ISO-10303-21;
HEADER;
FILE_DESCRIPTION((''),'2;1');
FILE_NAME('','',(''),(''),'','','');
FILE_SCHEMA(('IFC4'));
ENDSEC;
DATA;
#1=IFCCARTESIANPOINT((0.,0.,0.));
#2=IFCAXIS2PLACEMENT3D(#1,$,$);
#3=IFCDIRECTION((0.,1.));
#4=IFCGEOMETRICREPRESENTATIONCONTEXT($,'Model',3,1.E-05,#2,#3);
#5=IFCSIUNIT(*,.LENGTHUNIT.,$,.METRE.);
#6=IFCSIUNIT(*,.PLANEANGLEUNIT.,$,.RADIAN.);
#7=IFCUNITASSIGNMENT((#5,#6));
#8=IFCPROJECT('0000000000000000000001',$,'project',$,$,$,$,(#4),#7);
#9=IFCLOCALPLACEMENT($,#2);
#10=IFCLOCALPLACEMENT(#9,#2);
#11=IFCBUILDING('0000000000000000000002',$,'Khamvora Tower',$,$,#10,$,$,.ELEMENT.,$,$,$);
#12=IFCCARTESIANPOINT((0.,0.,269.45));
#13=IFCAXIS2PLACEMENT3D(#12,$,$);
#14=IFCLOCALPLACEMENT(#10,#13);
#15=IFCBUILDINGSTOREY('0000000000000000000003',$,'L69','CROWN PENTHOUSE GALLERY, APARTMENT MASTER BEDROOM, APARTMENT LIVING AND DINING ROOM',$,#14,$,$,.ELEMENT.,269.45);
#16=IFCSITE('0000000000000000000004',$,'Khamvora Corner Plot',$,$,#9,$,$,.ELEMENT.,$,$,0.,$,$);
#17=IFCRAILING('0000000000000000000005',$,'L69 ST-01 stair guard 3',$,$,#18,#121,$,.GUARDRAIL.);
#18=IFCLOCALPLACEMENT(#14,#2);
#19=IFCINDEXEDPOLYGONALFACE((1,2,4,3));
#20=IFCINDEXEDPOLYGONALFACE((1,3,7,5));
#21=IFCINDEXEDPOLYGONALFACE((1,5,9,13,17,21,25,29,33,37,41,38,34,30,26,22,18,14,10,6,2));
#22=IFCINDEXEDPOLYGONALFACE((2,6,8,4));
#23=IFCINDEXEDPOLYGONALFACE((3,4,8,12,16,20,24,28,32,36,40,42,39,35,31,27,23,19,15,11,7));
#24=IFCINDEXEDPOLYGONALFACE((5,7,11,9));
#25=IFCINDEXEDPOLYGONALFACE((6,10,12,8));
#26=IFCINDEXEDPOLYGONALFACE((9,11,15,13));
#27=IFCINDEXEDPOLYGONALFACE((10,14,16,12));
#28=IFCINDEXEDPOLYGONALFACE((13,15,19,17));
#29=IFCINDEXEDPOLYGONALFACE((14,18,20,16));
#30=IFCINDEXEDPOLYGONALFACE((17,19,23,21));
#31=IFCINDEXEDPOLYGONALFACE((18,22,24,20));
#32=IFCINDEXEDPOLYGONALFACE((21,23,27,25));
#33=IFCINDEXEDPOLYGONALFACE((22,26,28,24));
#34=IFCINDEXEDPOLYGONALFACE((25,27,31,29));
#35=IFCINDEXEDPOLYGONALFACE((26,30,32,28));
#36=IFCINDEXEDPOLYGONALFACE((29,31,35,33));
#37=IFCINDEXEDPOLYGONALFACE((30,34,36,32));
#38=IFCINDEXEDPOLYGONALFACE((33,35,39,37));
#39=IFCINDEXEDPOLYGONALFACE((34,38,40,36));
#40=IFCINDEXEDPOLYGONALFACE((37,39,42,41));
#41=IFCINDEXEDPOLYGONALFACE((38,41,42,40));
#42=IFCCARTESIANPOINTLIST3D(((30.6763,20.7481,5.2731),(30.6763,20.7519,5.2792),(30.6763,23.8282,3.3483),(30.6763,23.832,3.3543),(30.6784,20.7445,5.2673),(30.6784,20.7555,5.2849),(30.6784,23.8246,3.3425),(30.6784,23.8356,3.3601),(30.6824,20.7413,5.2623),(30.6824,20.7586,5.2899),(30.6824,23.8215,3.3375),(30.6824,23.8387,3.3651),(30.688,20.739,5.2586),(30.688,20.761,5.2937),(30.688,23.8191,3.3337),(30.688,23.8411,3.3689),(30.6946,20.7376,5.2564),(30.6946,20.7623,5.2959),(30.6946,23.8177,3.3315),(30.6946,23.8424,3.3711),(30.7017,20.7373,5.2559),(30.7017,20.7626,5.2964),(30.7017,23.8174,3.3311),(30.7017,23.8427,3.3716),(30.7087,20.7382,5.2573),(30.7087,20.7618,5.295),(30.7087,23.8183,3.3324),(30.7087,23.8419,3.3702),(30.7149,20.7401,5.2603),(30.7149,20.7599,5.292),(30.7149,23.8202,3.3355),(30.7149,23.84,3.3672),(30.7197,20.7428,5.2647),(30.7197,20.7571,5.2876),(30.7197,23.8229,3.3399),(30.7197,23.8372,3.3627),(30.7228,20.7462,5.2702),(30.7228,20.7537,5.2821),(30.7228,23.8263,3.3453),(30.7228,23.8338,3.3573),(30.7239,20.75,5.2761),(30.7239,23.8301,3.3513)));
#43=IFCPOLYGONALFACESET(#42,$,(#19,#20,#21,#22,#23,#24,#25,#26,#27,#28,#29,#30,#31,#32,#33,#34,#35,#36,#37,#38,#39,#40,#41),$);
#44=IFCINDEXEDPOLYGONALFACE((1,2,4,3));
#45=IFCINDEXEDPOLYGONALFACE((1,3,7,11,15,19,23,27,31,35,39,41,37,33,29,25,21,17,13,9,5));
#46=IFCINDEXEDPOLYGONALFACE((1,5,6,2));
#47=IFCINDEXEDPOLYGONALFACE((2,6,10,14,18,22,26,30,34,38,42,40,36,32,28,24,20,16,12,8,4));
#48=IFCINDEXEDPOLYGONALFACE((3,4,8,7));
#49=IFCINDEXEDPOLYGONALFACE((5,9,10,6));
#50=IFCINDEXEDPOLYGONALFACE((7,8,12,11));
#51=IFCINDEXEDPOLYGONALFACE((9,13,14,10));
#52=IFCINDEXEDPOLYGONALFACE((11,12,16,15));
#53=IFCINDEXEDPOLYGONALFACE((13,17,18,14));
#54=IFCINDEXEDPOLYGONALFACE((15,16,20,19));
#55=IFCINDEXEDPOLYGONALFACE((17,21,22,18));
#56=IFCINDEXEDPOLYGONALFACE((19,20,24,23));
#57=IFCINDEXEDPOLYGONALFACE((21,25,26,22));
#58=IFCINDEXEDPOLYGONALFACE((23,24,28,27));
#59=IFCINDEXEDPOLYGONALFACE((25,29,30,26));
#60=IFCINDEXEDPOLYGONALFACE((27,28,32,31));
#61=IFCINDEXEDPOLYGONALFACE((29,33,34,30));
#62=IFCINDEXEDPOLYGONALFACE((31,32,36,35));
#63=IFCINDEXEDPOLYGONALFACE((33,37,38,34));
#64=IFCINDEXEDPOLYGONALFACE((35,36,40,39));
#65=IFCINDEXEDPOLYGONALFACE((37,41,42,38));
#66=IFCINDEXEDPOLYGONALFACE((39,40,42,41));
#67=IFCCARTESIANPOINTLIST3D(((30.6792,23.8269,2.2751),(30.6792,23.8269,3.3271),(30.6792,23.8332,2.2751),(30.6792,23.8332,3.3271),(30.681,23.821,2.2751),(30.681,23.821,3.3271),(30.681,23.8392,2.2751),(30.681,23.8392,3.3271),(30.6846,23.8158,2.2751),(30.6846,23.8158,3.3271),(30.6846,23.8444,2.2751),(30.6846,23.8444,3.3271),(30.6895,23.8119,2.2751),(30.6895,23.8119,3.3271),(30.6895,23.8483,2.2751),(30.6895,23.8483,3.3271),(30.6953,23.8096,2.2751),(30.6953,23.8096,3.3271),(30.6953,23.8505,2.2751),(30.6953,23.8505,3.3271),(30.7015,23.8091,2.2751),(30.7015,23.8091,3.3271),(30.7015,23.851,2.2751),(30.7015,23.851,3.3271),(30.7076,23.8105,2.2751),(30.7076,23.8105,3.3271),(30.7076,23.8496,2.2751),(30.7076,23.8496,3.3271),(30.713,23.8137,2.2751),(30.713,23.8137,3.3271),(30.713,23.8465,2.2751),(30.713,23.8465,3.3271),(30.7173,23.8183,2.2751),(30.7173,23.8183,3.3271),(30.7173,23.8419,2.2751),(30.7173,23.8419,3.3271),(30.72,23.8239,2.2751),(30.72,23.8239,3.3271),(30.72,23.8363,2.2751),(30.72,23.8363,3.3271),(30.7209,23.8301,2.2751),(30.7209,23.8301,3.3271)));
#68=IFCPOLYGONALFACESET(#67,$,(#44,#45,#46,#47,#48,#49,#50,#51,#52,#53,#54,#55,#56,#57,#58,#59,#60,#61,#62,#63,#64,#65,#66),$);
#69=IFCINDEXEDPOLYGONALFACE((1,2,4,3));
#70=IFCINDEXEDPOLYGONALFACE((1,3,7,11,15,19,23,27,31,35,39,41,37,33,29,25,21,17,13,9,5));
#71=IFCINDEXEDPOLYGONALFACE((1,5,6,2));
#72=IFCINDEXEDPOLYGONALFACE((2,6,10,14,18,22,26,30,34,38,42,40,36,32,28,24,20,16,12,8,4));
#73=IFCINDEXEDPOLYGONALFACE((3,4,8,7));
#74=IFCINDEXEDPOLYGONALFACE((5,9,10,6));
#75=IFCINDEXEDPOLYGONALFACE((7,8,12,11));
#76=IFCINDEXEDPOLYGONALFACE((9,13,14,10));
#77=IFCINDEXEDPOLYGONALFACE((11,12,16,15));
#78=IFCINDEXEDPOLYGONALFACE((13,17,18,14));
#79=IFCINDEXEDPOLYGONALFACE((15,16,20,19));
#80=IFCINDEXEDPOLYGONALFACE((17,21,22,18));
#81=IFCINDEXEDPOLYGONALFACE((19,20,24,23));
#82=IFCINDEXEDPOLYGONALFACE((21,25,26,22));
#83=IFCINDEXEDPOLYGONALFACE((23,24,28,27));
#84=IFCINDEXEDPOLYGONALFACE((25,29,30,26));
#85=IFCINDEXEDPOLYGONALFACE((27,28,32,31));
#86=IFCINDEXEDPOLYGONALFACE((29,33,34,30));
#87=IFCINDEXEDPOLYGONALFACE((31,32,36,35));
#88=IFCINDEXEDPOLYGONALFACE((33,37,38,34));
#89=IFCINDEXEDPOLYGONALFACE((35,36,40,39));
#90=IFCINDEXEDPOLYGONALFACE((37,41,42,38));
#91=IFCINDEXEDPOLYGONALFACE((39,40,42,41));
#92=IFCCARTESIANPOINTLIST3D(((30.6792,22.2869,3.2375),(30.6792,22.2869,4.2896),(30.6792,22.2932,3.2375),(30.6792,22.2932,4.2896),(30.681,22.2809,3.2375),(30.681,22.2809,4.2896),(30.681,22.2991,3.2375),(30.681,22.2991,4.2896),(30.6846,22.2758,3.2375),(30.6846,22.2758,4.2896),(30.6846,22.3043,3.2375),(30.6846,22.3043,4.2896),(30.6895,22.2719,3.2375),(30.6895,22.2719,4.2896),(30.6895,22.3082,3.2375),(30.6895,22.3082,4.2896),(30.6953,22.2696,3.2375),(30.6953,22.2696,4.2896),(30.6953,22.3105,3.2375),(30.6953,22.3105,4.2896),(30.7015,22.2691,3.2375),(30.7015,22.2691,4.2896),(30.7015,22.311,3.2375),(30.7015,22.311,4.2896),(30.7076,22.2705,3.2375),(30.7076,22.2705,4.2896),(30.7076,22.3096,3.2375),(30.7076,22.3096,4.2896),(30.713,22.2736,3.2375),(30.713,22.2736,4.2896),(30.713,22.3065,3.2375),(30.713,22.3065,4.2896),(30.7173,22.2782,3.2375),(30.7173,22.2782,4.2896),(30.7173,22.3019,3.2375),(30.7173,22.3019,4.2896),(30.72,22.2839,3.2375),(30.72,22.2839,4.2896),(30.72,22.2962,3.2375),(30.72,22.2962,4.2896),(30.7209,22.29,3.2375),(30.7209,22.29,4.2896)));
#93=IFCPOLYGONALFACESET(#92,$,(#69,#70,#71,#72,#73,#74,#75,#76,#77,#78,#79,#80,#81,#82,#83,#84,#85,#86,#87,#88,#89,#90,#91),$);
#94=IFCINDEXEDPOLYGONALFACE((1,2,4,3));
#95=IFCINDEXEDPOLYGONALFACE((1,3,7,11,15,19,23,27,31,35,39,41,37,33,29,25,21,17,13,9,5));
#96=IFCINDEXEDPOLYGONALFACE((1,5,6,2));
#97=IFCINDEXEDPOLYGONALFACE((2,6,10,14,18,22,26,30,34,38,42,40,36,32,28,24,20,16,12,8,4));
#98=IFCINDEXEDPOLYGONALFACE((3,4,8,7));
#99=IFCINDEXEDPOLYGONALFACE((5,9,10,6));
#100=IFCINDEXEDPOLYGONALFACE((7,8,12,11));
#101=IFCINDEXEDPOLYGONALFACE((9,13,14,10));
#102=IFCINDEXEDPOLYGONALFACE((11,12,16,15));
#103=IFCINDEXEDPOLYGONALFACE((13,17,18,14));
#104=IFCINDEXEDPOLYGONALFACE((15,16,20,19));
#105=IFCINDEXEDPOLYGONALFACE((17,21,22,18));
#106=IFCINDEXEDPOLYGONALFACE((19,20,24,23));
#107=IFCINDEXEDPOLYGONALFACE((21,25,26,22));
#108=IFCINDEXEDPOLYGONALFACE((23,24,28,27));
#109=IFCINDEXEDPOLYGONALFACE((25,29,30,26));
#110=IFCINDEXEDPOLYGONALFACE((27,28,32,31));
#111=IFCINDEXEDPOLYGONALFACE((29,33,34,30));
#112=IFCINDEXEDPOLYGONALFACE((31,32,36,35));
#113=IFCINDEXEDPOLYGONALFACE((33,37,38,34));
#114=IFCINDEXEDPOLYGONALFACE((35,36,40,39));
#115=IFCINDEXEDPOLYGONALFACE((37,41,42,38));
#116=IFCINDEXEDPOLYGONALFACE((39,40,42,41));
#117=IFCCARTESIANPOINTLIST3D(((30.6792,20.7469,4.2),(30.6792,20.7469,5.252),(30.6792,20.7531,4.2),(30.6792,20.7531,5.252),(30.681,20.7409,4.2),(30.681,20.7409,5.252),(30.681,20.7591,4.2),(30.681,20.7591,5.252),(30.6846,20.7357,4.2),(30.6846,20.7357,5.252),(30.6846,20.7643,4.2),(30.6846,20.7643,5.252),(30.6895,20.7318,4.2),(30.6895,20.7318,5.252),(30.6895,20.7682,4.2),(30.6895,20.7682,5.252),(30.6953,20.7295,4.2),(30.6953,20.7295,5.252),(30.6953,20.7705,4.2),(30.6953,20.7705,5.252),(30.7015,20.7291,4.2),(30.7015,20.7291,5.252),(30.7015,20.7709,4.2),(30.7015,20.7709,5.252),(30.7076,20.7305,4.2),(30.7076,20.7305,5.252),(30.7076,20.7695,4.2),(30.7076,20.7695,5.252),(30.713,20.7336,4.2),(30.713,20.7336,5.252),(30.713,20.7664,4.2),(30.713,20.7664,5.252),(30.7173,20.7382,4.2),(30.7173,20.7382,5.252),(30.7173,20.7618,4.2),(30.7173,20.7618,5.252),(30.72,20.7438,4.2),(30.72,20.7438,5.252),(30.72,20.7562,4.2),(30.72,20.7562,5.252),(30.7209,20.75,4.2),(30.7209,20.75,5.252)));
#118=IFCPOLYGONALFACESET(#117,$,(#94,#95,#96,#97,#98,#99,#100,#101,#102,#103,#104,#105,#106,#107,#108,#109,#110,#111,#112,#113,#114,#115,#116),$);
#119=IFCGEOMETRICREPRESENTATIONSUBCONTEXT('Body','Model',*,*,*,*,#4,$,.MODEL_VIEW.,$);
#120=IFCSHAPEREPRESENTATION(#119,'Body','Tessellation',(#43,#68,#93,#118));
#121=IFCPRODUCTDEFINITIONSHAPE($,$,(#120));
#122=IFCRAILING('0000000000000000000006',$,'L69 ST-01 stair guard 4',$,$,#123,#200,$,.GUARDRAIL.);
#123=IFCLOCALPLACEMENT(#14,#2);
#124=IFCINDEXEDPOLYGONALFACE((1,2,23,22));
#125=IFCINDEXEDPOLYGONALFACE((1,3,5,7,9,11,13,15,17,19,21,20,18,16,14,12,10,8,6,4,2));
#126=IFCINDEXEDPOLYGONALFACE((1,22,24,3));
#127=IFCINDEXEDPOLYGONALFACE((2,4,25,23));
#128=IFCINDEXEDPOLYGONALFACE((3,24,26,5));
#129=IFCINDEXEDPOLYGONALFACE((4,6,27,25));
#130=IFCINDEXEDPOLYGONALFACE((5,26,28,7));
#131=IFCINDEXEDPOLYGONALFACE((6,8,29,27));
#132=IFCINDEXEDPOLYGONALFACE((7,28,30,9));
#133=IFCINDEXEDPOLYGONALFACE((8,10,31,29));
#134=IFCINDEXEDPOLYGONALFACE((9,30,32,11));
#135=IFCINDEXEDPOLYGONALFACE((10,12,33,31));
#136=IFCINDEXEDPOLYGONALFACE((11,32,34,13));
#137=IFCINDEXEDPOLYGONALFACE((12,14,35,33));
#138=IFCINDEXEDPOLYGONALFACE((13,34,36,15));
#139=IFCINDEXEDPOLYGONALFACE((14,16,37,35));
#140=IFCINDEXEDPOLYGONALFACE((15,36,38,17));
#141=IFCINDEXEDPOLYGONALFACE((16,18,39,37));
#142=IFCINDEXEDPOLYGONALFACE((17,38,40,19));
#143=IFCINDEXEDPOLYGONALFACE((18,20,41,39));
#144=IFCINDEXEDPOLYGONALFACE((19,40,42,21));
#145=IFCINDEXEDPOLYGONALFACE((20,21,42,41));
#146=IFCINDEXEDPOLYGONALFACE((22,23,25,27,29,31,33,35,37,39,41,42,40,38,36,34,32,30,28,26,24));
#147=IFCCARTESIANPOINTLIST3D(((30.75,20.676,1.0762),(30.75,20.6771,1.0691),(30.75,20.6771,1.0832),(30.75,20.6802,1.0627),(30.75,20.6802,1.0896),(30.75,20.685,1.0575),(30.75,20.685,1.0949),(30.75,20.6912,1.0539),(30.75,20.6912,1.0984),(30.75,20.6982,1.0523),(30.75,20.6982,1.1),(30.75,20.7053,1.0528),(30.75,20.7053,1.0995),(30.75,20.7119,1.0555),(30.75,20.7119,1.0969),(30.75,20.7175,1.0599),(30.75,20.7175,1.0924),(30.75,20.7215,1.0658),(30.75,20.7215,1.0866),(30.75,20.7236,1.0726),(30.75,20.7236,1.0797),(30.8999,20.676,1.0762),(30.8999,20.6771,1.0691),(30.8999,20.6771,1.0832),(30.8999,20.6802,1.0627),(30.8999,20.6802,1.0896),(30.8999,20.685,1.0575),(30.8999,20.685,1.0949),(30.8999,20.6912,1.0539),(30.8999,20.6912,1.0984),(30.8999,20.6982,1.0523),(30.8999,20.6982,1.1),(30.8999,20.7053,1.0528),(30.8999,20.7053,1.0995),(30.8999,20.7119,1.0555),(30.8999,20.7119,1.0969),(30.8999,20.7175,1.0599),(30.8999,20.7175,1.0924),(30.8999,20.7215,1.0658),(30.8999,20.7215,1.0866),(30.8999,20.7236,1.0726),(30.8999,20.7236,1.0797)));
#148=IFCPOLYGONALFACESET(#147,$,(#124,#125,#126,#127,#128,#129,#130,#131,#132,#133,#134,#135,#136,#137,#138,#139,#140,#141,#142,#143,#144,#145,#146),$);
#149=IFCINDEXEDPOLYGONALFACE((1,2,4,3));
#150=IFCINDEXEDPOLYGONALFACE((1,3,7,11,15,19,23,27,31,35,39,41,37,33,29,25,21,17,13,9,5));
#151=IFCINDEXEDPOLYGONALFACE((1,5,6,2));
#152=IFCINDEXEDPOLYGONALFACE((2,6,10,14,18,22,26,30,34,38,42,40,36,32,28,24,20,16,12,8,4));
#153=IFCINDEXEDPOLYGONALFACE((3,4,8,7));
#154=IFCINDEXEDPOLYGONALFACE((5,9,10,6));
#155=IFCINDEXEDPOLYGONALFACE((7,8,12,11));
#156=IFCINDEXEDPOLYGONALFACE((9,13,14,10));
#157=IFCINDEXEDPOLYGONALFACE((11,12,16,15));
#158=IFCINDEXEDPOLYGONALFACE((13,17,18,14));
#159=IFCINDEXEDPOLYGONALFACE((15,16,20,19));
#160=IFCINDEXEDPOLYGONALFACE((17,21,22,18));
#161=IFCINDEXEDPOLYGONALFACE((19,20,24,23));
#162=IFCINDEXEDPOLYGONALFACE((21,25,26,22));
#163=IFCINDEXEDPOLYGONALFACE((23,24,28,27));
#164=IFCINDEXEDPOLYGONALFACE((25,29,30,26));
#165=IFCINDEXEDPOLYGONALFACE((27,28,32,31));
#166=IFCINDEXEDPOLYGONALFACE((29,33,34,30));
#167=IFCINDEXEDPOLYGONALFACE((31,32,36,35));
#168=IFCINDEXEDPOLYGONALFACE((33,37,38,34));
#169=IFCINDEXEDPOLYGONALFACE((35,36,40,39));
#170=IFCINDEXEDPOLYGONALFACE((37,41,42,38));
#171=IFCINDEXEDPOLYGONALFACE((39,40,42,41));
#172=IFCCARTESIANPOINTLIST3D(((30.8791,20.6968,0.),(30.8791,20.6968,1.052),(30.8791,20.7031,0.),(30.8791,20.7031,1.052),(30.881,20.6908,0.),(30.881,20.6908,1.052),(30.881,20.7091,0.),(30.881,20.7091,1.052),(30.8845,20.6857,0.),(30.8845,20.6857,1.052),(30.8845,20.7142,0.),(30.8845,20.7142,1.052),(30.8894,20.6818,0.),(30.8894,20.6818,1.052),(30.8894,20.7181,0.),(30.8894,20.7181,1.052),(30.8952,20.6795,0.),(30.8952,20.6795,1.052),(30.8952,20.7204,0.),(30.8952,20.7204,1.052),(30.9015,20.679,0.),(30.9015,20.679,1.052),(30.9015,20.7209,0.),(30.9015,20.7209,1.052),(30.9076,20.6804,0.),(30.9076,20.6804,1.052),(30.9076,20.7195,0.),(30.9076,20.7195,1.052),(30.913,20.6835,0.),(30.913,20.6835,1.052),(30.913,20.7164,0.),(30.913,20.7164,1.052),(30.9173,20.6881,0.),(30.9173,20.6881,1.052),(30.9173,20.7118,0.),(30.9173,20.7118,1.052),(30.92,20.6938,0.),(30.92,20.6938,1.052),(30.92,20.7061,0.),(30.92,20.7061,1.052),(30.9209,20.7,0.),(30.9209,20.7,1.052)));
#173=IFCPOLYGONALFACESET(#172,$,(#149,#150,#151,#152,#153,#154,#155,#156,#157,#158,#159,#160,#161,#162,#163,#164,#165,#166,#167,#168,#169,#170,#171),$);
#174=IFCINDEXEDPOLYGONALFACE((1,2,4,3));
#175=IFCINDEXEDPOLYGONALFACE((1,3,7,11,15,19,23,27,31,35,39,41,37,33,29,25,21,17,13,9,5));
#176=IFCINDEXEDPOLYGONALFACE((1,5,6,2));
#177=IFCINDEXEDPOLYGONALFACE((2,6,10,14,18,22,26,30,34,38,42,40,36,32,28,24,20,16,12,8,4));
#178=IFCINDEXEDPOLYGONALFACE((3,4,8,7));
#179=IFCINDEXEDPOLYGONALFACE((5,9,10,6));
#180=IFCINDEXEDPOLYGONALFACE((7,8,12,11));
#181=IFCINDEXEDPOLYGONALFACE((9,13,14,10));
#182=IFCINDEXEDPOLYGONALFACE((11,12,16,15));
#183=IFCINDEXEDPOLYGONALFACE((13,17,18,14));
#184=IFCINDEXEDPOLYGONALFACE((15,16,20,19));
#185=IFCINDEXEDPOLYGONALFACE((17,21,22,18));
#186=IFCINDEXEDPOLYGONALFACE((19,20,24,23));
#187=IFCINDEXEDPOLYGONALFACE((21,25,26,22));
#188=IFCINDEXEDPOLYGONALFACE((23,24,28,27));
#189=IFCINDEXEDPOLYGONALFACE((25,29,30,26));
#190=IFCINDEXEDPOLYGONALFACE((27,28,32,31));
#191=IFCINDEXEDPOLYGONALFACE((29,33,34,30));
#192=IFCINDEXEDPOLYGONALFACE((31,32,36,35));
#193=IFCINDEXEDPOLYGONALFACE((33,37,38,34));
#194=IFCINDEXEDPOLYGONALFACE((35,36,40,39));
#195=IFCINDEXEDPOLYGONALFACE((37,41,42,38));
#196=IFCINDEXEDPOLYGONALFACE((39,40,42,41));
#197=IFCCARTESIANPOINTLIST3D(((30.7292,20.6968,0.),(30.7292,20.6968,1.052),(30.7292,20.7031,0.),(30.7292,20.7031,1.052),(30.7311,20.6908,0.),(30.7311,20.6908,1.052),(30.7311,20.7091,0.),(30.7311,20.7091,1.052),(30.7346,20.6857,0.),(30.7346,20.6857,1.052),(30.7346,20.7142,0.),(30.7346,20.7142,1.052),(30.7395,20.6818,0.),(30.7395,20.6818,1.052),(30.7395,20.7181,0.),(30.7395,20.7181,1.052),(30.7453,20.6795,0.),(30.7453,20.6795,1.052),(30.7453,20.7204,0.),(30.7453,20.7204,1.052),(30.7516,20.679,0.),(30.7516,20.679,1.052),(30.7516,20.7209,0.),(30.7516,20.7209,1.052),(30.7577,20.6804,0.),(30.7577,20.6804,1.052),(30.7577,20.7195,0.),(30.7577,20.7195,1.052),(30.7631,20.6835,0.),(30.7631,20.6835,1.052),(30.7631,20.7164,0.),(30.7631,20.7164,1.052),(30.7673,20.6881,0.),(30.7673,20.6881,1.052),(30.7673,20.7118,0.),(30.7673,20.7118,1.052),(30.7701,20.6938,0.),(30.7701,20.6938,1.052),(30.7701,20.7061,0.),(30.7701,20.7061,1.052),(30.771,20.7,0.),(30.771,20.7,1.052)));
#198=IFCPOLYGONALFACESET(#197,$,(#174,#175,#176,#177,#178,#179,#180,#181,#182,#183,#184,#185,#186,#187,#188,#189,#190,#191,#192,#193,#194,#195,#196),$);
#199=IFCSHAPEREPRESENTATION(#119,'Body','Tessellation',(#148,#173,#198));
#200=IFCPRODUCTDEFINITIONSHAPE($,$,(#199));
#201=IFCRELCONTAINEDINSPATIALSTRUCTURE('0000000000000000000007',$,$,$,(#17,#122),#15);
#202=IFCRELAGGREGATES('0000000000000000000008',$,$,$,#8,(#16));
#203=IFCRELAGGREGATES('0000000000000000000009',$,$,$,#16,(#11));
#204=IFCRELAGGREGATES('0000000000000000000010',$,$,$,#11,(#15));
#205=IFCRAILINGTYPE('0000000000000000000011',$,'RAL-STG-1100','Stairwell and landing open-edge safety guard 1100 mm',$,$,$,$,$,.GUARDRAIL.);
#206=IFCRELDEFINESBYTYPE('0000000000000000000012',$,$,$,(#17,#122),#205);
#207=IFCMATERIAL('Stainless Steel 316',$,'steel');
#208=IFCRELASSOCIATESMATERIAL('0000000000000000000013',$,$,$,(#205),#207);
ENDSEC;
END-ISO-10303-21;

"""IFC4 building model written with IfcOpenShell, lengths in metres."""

from ifc_helpers import new_model, si_unit, direction, frame, origin, origin_2d, place, context, subcontext, project, spatial, circle, extrude, material, type_object, element, save


model = new_model("IFC4")

# Units and contexts
model_context = context("Model", 3, precision=1e-05, world=origin(), true_north=direction((0.0, 1.0)))
body_context = subcontext(model_context, "Body", "Model", "MODEL_VIEW")
ifc_project = project(units=[si_unit("LENGTHUNIT", "METRE"), si_unit("PLANEANGLEUNIT", "RADIAN")], contexts=[model_context])

# Site, building, storey
site_placement = place(None, origin())
site = spatial("IfcSite", under=ifc_project, at=site_placement, Name="Khamvora Corner Plot", CompositionType="ELEMENT", RefElevation=0.0)
building_placement = place(site_placement, origin())
building = spatial("IfcBuilding", under=site, at=building_placement, Name="Khamvora Tower", CompositionType="ELEMENT")
storey_placement = place(building_placement, frame((0.0, 0.0, 269.45)))
storey = spatial("IfcBuildingStorey", under=building, at=storey_placement, Name="L69", Description="CROWN PENTHOUSE GALLERY, APARTMENT MASTER BEDROOM, APARTMENT LIVING AND DINING ROOM", CompositionType="ELEMENT", Elevation=269.45)

# Railings
ifc_material_1 = material(Name="Stainless Steel 316", Category="steel")
railing_type_1 = type_object("IfcRailingType", Name="RAL-STG-1100", Description="Stairwell and landing open-edge safety guard 1100 mm", PredefinedType="GUARDRAIL", material=ifc_material_1)
railing_1_placement = place(storey_placement, frame((30.7, 23.8301, 2.2751)))
element("IfcRailing", 1, at=railing_1_placement, inside=storey, type_object=railing_type_1, Name="L69 ST-01 stair guard 3", PredefinedType="GUARDRAIL", context=body_context, shape_type="SweptSolid", body=[
    extrude(circle(Radius=0.0239, at=origin_2d()), frame((0.0, 0.0, 1.0762), z_axis=(0.0, -0.848029, 0.529951), x_axis=(1.0, 0.0, 0.0)), (0.0, 0.0, 1.0), 3.6321),
    extrude(circle(Radius=0.021, at=origin_2d()), origin(), (0.0, 0.0, 1.0), 1.052),
    extrude(circle(Radius=0.021, at=origin_2d()), frame((0.0, -1.54, 0.9624)), (0.0, 0.0, 1.0), 1.052),
    extrude(circle(Radius=0.021, at=origin_2d()), frame((0.0, -3.0801, 1.9248)), (0.0, 0.0, 1.0), 1.052),
])
railing_2_placement = place(storey_placement, frame((30.8999, 20.7, 0.0)))
element("IfcRailing", 2, at=railing_2_placement, inside=storey, type_object=railing_type_1, Name="L69 ST-01 stair guard 4", PredefinedType="GUARDRAIL", context=body_context, shape_type="SweptSolid", body=[
    extrude(circle(Radius=0.0239, at=origin_2d()), frame((0.0, 0.0, 1.0762), z_axis=(-1.0, 0.0, 0.0), x_axis=(0.0, -1.0, 0.0)), (0.0, 0.0, 1.0), 0.1499),
    extrude(circle(Radius=0.021, at=origin_2d()), origin(), (0.0, 0.0, 1.0), 1.052),
    extrude(circle(Radius=0.021, at=origin_2d()), frame((-0.1499, 0.0, 0.0)), (0.0, 0.0, 1.0), 1.052),
])

save(model, "model.ifc")
